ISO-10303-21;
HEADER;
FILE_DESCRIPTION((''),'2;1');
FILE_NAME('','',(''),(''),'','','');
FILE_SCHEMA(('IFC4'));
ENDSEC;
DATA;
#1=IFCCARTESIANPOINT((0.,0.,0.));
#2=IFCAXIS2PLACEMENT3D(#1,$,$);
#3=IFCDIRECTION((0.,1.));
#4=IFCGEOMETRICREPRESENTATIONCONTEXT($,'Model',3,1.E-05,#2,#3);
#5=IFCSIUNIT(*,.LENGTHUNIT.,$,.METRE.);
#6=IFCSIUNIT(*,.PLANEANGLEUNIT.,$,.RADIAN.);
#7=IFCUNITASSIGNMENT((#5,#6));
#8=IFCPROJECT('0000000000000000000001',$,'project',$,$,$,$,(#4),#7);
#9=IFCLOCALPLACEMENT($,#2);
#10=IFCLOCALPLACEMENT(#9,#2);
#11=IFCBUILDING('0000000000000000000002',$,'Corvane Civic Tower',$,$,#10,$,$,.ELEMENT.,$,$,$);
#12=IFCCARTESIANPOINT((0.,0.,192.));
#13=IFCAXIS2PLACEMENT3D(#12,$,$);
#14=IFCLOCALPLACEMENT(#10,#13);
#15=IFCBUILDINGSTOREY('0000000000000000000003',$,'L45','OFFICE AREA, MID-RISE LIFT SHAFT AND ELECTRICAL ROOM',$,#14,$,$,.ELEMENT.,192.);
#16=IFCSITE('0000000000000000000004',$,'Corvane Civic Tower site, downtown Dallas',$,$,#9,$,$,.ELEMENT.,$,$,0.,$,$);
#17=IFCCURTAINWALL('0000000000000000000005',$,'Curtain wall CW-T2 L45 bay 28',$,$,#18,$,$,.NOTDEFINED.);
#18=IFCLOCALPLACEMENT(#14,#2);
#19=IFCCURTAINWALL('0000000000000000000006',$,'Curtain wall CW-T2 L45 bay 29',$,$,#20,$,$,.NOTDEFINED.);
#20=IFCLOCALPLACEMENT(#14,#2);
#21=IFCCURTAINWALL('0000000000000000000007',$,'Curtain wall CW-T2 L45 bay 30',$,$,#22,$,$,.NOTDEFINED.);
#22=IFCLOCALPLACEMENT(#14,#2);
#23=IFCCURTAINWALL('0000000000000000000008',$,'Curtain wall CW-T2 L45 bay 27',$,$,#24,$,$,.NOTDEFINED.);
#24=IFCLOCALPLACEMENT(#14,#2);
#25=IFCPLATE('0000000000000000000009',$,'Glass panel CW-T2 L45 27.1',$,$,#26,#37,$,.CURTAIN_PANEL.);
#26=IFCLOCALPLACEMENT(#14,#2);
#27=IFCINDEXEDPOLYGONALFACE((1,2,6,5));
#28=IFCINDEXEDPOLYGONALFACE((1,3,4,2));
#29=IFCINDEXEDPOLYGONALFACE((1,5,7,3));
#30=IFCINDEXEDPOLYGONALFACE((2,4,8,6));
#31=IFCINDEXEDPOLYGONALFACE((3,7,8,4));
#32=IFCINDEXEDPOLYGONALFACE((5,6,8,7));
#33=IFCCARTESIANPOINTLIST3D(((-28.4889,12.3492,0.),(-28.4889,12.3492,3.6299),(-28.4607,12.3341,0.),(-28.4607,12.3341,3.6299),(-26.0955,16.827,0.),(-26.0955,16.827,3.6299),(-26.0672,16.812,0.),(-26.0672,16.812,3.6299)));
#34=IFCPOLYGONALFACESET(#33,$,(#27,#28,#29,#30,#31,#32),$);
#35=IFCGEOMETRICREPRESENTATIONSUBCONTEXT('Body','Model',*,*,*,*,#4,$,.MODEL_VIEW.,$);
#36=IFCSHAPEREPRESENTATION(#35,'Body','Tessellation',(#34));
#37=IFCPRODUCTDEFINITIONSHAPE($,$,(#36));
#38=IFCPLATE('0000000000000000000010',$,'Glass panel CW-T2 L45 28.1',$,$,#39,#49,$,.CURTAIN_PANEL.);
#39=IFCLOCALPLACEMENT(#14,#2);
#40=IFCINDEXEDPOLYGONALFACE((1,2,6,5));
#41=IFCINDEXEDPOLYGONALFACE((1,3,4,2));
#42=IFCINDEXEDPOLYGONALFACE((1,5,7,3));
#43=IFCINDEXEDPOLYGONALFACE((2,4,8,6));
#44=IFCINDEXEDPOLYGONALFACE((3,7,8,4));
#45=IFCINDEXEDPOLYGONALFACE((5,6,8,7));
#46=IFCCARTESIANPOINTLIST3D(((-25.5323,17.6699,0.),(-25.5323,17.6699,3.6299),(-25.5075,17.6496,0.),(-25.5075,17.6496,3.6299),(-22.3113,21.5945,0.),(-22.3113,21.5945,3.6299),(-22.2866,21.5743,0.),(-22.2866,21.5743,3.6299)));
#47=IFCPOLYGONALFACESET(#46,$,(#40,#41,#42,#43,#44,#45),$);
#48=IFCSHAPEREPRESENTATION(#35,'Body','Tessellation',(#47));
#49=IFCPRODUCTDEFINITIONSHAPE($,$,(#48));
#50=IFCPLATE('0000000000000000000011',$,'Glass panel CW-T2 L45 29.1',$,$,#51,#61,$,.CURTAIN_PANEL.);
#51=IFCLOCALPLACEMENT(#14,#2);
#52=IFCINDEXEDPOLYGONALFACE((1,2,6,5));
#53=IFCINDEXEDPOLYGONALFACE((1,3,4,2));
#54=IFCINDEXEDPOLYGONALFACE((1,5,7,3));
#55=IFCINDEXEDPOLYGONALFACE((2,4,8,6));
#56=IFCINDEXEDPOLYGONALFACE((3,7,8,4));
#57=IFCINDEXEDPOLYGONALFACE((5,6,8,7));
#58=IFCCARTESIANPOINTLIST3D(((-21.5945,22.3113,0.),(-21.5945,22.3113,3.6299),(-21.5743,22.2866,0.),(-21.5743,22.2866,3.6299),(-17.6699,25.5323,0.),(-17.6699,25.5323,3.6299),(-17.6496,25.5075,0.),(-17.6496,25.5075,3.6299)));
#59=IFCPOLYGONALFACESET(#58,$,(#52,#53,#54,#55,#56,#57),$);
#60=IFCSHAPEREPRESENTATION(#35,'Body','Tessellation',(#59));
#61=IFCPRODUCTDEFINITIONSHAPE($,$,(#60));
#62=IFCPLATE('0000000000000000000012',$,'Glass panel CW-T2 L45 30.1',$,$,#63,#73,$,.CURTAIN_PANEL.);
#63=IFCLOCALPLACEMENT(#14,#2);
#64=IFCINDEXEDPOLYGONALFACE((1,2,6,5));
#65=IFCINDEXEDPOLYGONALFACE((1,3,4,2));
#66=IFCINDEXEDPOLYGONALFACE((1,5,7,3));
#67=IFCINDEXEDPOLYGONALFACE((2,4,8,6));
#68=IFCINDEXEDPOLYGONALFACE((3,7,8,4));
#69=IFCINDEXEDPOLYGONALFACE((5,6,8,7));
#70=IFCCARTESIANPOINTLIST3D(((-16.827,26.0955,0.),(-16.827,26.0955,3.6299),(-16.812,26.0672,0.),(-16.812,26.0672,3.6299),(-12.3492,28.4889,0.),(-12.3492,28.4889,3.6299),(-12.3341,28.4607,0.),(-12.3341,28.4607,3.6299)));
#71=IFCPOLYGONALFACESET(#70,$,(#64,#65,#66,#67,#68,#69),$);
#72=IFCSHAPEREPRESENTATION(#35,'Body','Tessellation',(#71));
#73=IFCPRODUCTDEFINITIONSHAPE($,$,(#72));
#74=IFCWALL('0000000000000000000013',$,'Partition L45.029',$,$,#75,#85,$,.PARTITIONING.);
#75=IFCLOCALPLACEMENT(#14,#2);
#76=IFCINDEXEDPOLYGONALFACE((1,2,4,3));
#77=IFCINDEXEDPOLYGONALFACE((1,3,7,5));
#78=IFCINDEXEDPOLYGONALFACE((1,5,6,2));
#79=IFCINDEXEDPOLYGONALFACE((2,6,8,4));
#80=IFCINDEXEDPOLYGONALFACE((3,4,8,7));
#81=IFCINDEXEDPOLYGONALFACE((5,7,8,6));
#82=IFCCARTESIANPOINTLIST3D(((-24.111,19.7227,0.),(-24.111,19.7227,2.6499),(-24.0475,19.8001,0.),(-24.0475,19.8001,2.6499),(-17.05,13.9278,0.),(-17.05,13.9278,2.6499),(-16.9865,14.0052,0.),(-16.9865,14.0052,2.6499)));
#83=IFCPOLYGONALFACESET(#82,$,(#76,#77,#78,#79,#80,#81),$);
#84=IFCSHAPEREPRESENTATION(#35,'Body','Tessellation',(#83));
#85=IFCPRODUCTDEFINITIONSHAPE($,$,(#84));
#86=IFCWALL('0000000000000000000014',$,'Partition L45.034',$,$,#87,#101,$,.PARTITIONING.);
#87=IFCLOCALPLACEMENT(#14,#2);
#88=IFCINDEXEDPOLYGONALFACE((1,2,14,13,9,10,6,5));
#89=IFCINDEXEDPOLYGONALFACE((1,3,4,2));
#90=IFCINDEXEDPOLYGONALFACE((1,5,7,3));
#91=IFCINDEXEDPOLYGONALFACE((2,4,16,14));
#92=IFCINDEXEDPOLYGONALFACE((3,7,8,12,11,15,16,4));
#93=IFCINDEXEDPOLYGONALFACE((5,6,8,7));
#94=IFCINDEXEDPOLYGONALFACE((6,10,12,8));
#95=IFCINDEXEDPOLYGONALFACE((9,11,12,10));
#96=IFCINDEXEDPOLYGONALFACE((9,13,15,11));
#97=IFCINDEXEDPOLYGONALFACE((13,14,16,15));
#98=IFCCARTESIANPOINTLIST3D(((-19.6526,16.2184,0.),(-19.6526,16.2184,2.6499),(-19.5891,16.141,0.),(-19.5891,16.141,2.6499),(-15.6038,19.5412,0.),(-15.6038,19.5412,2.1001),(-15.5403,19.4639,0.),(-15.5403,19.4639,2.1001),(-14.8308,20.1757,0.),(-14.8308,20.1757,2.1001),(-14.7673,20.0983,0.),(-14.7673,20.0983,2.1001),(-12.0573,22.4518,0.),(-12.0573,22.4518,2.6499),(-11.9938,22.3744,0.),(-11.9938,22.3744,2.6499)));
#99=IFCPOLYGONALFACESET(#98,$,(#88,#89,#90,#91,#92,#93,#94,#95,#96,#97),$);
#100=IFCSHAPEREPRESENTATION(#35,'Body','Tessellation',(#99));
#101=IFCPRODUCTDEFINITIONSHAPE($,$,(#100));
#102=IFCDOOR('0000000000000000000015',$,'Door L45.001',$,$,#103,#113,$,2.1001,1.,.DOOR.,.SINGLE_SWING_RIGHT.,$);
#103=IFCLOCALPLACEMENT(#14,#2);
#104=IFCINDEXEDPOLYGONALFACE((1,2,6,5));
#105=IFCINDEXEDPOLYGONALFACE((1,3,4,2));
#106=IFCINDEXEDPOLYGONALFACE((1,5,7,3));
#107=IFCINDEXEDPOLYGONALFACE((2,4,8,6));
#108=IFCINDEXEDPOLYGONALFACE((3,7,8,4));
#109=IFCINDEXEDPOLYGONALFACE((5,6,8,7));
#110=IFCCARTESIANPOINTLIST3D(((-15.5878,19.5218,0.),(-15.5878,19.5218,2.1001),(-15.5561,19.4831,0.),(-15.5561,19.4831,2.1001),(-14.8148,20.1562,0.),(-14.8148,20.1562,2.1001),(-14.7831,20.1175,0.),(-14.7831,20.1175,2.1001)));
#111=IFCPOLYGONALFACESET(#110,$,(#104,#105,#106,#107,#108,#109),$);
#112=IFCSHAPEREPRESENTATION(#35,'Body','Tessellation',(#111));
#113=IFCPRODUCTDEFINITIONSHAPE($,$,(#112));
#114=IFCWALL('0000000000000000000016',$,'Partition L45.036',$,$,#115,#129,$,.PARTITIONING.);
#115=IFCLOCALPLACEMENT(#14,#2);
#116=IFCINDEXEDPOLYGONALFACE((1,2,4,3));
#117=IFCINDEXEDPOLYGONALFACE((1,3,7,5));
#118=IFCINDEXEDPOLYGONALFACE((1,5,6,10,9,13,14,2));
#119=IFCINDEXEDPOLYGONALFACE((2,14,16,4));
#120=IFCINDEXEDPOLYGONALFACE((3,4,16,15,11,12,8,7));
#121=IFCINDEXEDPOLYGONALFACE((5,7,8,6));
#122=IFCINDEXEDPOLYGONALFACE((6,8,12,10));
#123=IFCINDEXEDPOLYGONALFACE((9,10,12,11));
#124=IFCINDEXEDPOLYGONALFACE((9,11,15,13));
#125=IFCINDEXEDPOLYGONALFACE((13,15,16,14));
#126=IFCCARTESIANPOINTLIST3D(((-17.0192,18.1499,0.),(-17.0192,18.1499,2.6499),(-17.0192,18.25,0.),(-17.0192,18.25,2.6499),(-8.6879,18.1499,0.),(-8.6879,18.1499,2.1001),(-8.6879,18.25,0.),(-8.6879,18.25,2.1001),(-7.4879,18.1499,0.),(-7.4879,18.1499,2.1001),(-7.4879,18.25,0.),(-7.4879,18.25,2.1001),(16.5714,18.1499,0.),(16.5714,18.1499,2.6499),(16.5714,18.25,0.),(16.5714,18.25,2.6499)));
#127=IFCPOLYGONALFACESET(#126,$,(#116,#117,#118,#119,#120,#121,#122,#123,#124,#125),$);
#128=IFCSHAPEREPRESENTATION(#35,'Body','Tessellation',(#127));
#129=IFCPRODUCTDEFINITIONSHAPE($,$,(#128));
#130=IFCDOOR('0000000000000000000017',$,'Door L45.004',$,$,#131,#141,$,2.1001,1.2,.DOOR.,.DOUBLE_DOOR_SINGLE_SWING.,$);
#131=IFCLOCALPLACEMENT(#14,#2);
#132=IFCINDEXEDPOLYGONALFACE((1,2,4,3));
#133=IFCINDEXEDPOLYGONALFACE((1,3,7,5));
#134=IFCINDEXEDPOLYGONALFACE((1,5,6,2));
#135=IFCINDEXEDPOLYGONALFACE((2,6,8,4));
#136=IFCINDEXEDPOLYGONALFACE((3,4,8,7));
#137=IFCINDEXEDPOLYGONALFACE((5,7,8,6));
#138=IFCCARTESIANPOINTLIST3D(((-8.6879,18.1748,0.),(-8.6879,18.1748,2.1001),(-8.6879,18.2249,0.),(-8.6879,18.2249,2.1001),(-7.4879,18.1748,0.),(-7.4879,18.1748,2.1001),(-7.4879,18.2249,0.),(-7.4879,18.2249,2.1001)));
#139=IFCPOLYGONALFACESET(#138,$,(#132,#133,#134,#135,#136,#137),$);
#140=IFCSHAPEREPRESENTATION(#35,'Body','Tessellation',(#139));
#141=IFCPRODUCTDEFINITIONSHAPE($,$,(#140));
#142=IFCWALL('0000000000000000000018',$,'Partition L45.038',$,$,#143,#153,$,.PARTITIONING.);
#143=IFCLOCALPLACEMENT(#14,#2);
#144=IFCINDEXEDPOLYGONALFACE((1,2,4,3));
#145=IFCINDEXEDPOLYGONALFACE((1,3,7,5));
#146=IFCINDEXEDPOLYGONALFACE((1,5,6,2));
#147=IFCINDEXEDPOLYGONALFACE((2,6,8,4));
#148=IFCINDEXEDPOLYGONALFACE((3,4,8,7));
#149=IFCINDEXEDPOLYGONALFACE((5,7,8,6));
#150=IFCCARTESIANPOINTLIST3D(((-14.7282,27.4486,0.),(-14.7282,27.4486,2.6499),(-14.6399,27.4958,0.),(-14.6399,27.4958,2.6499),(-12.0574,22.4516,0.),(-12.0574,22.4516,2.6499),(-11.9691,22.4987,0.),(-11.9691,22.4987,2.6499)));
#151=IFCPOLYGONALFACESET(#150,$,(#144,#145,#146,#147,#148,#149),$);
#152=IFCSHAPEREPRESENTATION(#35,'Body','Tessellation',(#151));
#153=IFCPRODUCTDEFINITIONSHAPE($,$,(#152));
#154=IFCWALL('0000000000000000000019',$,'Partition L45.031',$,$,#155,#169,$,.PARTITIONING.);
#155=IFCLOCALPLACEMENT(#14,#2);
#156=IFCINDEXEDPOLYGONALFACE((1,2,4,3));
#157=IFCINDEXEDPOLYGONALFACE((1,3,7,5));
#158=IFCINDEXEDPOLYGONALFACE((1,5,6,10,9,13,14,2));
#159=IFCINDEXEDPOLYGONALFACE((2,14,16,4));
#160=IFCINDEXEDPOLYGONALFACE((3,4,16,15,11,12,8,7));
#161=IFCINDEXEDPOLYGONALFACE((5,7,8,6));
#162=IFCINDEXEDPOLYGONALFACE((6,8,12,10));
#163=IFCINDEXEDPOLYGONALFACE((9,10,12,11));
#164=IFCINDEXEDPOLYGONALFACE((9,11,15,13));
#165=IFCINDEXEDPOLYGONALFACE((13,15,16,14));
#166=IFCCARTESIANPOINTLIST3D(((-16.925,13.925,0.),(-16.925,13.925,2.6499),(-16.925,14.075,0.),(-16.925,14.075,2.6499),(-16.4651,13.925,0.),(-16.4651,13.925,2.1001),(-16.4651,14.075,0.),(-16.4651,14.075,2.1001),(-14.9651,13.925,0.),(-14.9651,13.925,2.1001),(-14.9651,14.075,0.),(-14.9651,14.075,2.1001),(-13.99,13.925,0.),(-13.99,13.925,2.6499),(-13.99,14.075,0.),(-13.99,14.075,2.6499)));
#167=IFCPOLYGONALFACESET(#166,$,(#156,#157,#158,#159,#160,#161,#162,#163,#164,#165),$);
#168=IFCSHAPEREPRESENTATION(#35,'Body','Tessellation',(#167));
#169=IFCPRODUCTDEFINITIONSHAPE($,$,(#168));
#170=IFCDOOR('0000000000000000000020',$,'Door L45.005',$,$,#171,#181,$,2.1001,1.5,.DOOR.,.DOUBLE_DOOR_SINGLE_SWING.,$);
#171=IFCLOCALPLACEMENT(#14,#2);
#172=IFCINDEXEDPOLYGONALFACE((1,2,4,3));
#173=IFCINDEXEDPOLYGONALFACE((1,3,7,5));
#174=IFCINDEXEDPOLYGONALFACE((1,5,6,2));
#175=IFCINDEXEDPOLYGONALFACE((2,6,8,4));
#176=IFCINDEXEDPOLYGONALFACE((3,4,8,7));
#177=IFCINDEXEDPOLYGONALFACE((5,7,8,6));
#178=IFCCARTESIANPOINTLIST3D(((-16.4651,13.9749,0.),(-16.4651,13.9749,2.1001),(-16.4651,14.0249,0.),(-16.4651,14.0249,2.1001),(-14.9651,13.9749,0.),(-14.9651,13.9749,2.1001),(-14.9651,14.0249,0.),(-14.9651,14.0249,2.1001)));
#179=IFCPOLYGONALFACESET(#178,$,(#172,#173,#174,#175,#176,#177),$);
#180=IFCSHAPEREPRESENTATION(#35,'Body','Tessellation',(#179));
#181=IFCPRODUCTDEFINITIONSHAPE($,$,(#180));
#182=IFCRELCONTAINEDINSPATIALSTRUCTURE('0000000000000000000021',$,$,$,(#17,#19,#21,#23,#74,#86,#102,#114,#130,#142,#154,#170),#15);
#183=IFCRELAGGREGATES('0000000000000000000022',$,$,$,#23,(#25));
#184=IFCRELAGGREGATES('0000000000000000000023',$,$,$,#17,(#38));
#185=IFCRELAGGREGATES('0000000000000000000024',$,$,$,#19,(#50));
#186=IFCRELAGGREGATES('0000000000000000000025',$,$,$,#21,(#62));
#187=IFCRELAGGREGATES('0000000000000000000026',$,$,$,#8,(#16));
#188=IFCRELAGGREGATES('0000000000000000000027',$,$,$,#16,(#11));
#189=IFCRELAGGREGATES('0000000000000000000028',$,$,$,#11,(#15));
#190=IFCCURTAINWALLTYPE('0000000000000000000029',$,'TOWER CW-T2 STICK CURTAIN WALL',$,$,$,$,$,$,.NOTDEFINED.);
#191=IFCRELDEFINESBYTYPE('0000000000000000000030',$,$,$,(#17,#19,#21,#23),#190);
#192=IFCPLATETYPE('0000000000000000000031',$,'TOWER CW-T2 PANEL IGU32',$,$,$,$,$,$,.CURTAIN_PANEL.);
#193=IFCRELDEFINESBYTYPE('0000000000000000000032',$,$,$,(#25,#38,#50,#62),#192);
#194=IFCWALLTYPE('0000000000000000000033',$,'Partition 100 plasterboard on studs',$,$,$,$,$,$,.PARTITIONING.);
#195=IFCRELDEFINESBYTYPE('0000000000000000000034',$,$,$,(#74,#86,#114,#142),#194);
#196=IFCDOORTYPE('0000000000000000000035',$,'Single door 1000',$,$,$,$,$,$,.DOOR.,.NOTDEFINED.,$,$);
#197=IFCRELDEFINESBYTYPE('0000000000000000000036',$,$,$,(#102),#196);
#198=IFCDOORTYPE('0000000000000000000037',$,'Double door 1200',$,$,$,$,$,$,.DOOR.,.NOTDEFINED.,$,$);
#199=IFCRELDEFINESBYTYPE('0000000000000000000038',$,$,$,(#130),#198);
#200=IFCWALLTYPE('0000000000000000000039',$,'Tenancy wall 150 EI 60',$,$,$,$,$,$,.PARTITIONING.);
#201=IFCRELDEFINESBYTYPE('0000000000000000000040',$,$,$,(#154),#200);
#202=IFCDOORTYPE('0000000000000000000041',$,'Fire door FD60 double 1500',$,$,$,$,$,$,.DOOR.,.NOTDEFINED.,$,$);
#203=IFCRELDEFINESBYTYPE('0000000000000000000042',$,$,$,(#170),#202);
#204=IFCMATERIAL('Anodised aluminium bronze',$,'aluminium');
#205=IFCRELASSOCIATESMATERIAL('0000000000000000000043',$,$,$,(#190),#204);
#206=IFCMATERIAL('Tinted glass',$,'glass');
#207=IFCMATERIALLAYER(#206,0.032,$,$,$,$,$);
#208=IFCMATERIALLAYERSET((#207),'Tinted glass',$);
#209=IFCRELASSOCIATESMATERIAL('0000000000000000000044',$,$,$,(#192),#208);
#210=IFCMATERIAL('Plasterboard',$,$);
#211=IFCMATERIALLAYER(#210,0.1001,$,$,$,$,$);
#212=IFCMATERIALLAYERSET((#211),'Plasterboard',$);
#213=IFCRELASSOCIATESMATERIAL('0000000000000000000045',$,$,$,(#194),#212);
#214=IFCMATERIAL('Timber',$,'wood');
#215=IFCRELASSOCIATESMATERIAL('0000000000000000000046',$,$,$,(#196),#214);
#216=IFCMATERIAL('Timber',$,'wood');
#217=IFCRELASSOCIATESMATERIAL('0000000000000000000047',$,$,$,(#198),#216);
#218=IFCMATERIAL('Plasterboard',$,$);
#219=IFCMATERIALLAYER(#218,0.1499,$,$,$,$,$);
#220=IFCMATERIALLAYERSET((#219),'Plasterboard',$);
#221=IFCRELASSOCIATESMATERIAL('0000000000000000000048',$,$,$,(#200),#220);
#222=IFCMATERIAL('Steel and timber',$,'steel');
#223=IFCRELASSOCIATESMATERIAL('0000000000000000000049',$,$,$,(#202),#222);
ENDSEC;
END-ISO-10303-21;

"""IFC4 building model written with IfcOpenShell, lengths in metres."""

from ifc_helpers import new_model, si_unit, direction, frame, frame_2d, origin, origin_2d, place, context, subcontext, project, spatial, rectangle, extrude, material, layer, layer_set, type_object, element, fill, aggregate, save


model = new_model("IFC4")

# Units and contexts
model_context = context("Model", 3, precision=1e-05, world=origin(), true_north=direction((0.0, 1.0)))
body_context = subcontext(model_context, "Body", "Model", "MODEL_VIEW")
ifc_project = project(units=[si_unit("LENGTHUNIT", "METRE"), si_unit("PLANEANGLEUNIT", "RADIAN")], contexts=[model_context])

# Site, building, storey
site_placement = place(None, origin())
site = spatial("IfcSite", under=ifc_project, at=site_placement, Name="Corvane Civic Tower site, downtown Dallas", CompositionType="ELEMENT", RefElevation=0.0)
building_placement = place(site_placement, origin())
building = spatial("IfcBuilding", under=site, at=building_placement, Name="Corvane Civic Tower", CompositionType="ELEMENT")
storey_placement = place(building_placement, frame((0.0, 0.0, 192.0)))
storey = spatial("IfcBuildingStorey", under=building, at=storey_placement, Name="L45", Description="OFFICE AREA, MID-RISE LIFT SHAFT AND ELECTRICAL ROOM", CompositionType="ELEMENT", Elevation=192.0)

# Curtain walls
ifc_material_1 = material(Name="Anodised aluminium bronze", Category="aluminium")
curtain_wall_type = type_object("IfcCurtainWallType", Name="TOWER CW-T2 STICK CURTAIN WALL", PredefinedType="NOTDEFINED", material=ifc_material_1)
curtain_wall_1_placement = place(storey_placement, origin())
curtain_wall_1 = element("IfcCurtainWall", 1, at=curtain_wall_1_placement, inside=storey, type_object=curtain_wall_type, Name="Curtain wall CW-T2 L45 bay 28", PredefinedType="NOTDEFINED")
curtain_wall_2_placement = place(storey_placement, origin())
curtain_wall_2 = element("IfcCurtainWall", 2, at=curtain_wall_2_placement, inside=storey, type_object=curtain_wall_type, Name="Curtain wall CW-T2 L45 bay 29", PredefinedType="NOTDEFINED")
curtain_wall_3_placement = place(storey_placement, origin())
curtain_wall_3 = element("IfcCurtainWall", 3, at=curtain_wall_3_placement, inside=storey, type_object=curtain_wall_type, Name="Curtain wall CW-T2 L45 bay 30", PredefinedType="NOTDEFINED")

# Curtain wall, plate
curtain_wall_4_placement = place(storey_placement, origin())
curtain_wall_4 = element("IfcCurtainWall", 4, at=curtain_wall_4_placement, inside=storey, type_object=curtain_wall_type, Name="Curtain wall CW-T2 L45 bay 27", PredefinedType="NOTDEFINED")
ifc_material_2 = material(Name="Tinted glass", Category="glass")
ifc_layer_1 = layer(ifc_material_2, 0.032)
ifc_layer_set_1 = layer_set([ifc_layer_1], Name="Tinted glass")
plate_type = type_object("IfcPlateType", Name="TOWER CW-T2 PANEL IGU32", PredefinedType="CURTAIN_PANEL", material=ifc_layer_set_1)
plate_1_placement = place(storey_placement, frame((-27.2781, 14.5806, 0.0), z_axis=(0.0, 0.0, 1.0), x_axis=(0.471395, 0.881922, 0.0)))
plate_1 = element("IfcPlate", 5, at=plate_1_placement, type_object=plate_type, Name="Glass panel CW-T2 L45 27.1", PredefinedType="CURTAIN_PANEL", context=body_context, shape_type="SweptSolid", body=[
    extrude(rectangle(XDim=5.0774, YDim=0.032, at=origin_2d()), origin(), (0.0, 0.0, 1.0), 3.6299),
])
aggregate(curtain_wall_4, [plate_1])

# Plates
plate_2_placement = place(storey_placement, frame((-23.9094, 19.6221, 0.0), z_axis=(0.0, 0.0, 1.0), x_axis=(0.6344, 0.773005, 0.0)))
plate_2 = element("IfcPlate", 6, at=plate_2_placement, type_object=plate_type, Name="Glass panel CW-T2 L45 28.1", PredefinedType="CURTAIN_PANEL", context=body_context, shape_type="SweptSolid", body=[
    extrude(rectangle(XDim=5.0771, YDim=0.032, at=origin_2d()), origin(), (0.0, 0.0, 1.0), 3.6299),
])
aggregate(curtain_wall_1, [plate_2])
plate_3_placement = place(storey_placement, frame((-19.6221, 23.9094, 0.0), z_axis=(0.0, 0.0, 1.0), x_axis=(0.773005, 0.6344, 0.0)))
plate_3 = element("IfcPlate", 7, at=plate_3_placement, type_object=plate_type, Name="Glass panel CW-T2 L45 29.1", PredefinedType="CURTAIN_PANEL", context=body_context, shape_type="SweptSolid", body=[
    extrude(rectangle(XDim=5.0771, YDim=0.032, at=origin_2d()), origin(), (0.0, 0.0, 1.0), 3.6299),
])
aggregate(curtain_wall_2, [plate_3])
plate_4_placement = place(storey_placement, frame((-14.5806, 27.2781, 0.0), z_axis=(0.0, 0.0, 1.0), x_axis=(0.881922, 0.471395, 0.0)))
plate_4 = element("IfcPlate", 8, at=plate_4_placement, type_object=plate_type, Name="Glass panel CW-T2 L45 30.1", PredefinedType="CURTAIN_PANEL", context=body_context, shape_type="SweptSolid", body=[
    extrude(rectangle(XDim=5.0774, YDim=0.032, at=origin_2d()), origin(), (0.0, 0.0, 1.0), 3.6299),
])
aggregate(curtain_wall_3, [plate_4])

# Wall
ifc_material_3 = material(Name="Plasterboard")
ifc_layer_2 = layer(ifc_material_3, 0.1001)
ifc_layer_set_2 = layer_set([ifc_layer_2], Name="Plasterboard")
wall_type_1 = type_object("IfcWallType", Name="Partition 100 plasterboard on studs", PredefinedType="PARTITIONING", material=ifc_layer_set_2)
wall_1_placement = place(storey_placement, frame((-24.0793, 19.7615, 0.0), z_axis=(0.0, 0.0, 1.0), x_axis=(0.773006, -0.634399, 0.0)))
element("IfcWall", 9, at=wall_1_placement, inside=storey, type_object=wall_type_1, Name="Partition L45.029", PredefinedType="PARTITIONING", context=body_context, shape_type="SweptSolid", body=[
    extrude(rectangle(XDim=9.1345, YDim=0.1001, at=frame_2d((4.5674, 0.0))), origin(), (0.0, 0.0, 1.0), 2.6499),
])

# Walls, openings, doors
wall_2_placement = place(storey_placement, frame((-19.6208, 16.1797, 0.0), z_axis=(0.0, 0.0, 1.0), x_axis=(0.773002, 0.634403, 0.0)))
wall_2 = element("IfcWall", 10, at=wall_2_placement, inside=storey, type_object=wall_type_1, Name="Partition L45.034", PredefinedType="PARTITIONING", context=body_context, shape_type="SweptSolid", body=[
    extrude(rectangle(XDim=9.8257, YDim=0.1001, at=frame_2d((4.9128, 0.0))), origin(), (0.0, 0.0, 1.0), 2.6499),
])
opening_1_placement = place(wall_2_placement, frame((5.2378, 0.0, 0.0)))
opening_1 = element("IfcOpeningElement", 11, at=opening_1_placement, cuts=wall_2, PredefinedType="OPENING", context=body_context, shape_type="SweptSolid", body=[
    extrude(rectangle(XDim=1.0, YDim=2.1001, at=frame_2d((0.5, 1.05))), frame((0.0, 0.0601, 0.0), z_axis=(0.0, -1.0, 0.0), x_axis=(1.0, 0.0, 0.0)), (0.0, 0.0, 1.0), 0.1201),
])
ifc_material_4 = material(Name="Timber", Category="wood")
door_type_1 = type_object("IfcDoorType", Name="Single door 1000", OperationType="NOTDEFINED", PredefinedType="DOOR", material=ifc_material_4)
door_1_placement = place(opening_1_placement, origin())
door_1 = element("IfcDoor", 12, at=door_1_placement, inside=storey, type_object=door_type_1, Name="Door L45.001", OperationType="SINGLE_SWING_RIGHT", OverallHeight=2.1001, OverallWidth=1.0, PredefinedType="DOOR", context=body_context, shape_type="SweptSolid", body=[
    extrude(rectangle(XDim=1.0, YDim=2.1001, at=frame_2d((0.5, 1.05))), frame((0.0, 0.0249, 0.0), z_axis=(0.0, -1.0, 0.0), x_axis=(1.0, 0.0, 0.0)), (0.0, 0.0, 1.0), 0.05),
])
fill(opening_1, door_1)
wall_3_placement = place(storey_placement, frame((-17.0193, 18.2, 0.0), z_axis=(0.0, 0.0, 1.0), x_axis=(1.0, 0.0, 0.0)))
wall_3 = element("IfcWall", 13, at=wall_3_placement, inside=storey, type_object=wall_type_1, Name="Partition L45.036", PredefinedType="PARTITIONING", context=body_context, shape_type="SweptSolid", body=[
    extrude(rectangle(XDim=33.5906, YDim=0.1001, at=frame_2d((16.7954, 0.0))), origin(), (0.0, 0.0, 1.0), 2.6499),
])
opening_2_placement = place(wall_3_placement, frame((8.3313, 0.0, 0.0)))
opening_2 = element("IfcOpeningElement", 14, at=opening_2_placement, cuts=wall_3, PredefinedType="OPENING", context=body_context, shape_type="SweptSolid", body=[
    extrude(rectangle(XDim=1.2, YDim=2.1001, at=frame_2d((0.6001, 1.05))), frame((0.0, 0.0601, 0.0), z_axis=(0.0, -1.0, 0.0), x_axis=(1.0, 0.0, 0.0)), (0.0, 0.0, 1.0), 0.1201),
])
ifc_material_5 = material(Name="Timber", Category="wood")
door_type_2 = type_object("IfcDoorType", Name="Double door 1200", OperationType="NOTDEFINED", PredefinedType="DOOR", material=ifc_material_5)
door_2_placement = place(opening_2_placement, origin())
door_2 = element("IfcDoor", 15, at=door_2_placement, inside=storey, type_object=door_type_2, Name="Door L45.004", OperationType="DOUBLE_DOOR_SINGLE_SWING", OverallHeight=2.1001, OverallWidth=1.2, PredefinedType="DOOR", context=body_context, shape_type="SweptSolid", body=[
    extrude(rectangle(XDim=1.2, YDim=2.1001, at=frame_2d((0.6001, 1.05))), frame((0.0, 0.0249, 0.0), z_axis=(0.0, -1.0, 0.0), x_axis=(1.0, 0.0, 0.0)), (0.0, 0.0, 1.0), 0.05),
])
fill(opening_2, door_2)

# Wall
wall_4_placement = place(storey_placement, frame((-14.6841, 27.4722, 0.0), z_axis=(0.0, 0.0, 1.0), x_axis=(0.471384, -0.881928, 0.0)))
element("IfcWall", 16, at=wall_4_placement, inside=storey, type_object=wall_type_1, Name="Partition L45.038", PredefinedType="PARTITIONING", context=body_context, shape_type="SweptSolid", body=[
    extrude(rectangle(XDim=5.666, YDim=0.1001, at=frame_2d((2.833, 0.0))), origin(), (0.0, 0.0, 1.0), 2.6499),
])

# Wall, opening, door
ifc_material_6 = material(Name="Plasterboard")
ifc_layer_3 = layer(ifc_material_6, 0.1499)
ifc_layer_set_3 = layer_set([ifc_layer_3], Name="Plasterboard")
wall_type_2 = type_object("IfcWallType", Name="Tenancy wall 150 EI 60", PredefinedType="PARTITIONING", material=ifc_layer_set_3)
wall_5_placement = place(storey_placement, frame((-16.925, 14.0, 0.0), z_axis=(0.0, 0.0, 1.0), x_axis=(1.0, 0.0, 0.0)))
wall_5 = element("IfcWall", 17, at=wall_5_placement, inside=storey, type_object=wall_type_2, Name="Partition L45.031", PredefinedType="PARTITIONING", context=body_context, shape_type="SweptSolid", body=[
    extrude(rectangle(XDim=2.9351, YDim=0.1499, at=frame_2d((1.4675, 0.0))), origin(), (0.0, 0.0, 1.0), 2.6499),
])
opening_3_placement = place(wall_5_placement, frame((0.46, 0.0, 0.0)))
opening_3 = element("IfcOpeningElement", 18, at=opening_3_placement, cuts=wall_5, PredefinedType="OPENING", context=body_context, shape_type="SweptSolid", body=[
    extrude(rectangle(XDim=1.5, YDim=2.1001, at=frame_2d((0.75, 1.05))), frame((0.0, 0.085, 0.0), z_axis=(0.0, -1.0, 0.0), x_axis=(1.0, 0.0, 0.0)), (0.0, 0.0, 1.0), 0.1699),
])
ifc_material_7 = material(Name="Steel and timber", Category="steel")
door_type_3 = type_object("IfcDoorType", Name="Fire door FD60 double 1500", OperationType="NOTDEFINED", PredefinedType="DOOR", material=ifc_material_7)
door_3_placement = place(opening_3_placement, origin())
door_3 = element("IfcDoor", 19, at=door_3_placement, inside=storey, type_object=door_type_3, Name="Door L45.005", OperationType="DOUBLE_DOOR_SINGLE_SWING", OverallHeight=2.1001, OverallWidth=1.5, PredefinedType="DOOR", context=body_context, shape_type="SweptSolid", body=[
    extrude(rectangle(XDim=1.5, YDim=2.1001, at=frame_2d((0.75, 1.05))), frame((0.0, 0.0249, 0.0), z_axis=(0.0, -1.0, 0.0), x_axis=(1.0, 0.0, 0.0)), (0.0, 0.0, 1.0), 0.05),
])
fill(opening_3, door_3)

save(model, "model.ifc")
